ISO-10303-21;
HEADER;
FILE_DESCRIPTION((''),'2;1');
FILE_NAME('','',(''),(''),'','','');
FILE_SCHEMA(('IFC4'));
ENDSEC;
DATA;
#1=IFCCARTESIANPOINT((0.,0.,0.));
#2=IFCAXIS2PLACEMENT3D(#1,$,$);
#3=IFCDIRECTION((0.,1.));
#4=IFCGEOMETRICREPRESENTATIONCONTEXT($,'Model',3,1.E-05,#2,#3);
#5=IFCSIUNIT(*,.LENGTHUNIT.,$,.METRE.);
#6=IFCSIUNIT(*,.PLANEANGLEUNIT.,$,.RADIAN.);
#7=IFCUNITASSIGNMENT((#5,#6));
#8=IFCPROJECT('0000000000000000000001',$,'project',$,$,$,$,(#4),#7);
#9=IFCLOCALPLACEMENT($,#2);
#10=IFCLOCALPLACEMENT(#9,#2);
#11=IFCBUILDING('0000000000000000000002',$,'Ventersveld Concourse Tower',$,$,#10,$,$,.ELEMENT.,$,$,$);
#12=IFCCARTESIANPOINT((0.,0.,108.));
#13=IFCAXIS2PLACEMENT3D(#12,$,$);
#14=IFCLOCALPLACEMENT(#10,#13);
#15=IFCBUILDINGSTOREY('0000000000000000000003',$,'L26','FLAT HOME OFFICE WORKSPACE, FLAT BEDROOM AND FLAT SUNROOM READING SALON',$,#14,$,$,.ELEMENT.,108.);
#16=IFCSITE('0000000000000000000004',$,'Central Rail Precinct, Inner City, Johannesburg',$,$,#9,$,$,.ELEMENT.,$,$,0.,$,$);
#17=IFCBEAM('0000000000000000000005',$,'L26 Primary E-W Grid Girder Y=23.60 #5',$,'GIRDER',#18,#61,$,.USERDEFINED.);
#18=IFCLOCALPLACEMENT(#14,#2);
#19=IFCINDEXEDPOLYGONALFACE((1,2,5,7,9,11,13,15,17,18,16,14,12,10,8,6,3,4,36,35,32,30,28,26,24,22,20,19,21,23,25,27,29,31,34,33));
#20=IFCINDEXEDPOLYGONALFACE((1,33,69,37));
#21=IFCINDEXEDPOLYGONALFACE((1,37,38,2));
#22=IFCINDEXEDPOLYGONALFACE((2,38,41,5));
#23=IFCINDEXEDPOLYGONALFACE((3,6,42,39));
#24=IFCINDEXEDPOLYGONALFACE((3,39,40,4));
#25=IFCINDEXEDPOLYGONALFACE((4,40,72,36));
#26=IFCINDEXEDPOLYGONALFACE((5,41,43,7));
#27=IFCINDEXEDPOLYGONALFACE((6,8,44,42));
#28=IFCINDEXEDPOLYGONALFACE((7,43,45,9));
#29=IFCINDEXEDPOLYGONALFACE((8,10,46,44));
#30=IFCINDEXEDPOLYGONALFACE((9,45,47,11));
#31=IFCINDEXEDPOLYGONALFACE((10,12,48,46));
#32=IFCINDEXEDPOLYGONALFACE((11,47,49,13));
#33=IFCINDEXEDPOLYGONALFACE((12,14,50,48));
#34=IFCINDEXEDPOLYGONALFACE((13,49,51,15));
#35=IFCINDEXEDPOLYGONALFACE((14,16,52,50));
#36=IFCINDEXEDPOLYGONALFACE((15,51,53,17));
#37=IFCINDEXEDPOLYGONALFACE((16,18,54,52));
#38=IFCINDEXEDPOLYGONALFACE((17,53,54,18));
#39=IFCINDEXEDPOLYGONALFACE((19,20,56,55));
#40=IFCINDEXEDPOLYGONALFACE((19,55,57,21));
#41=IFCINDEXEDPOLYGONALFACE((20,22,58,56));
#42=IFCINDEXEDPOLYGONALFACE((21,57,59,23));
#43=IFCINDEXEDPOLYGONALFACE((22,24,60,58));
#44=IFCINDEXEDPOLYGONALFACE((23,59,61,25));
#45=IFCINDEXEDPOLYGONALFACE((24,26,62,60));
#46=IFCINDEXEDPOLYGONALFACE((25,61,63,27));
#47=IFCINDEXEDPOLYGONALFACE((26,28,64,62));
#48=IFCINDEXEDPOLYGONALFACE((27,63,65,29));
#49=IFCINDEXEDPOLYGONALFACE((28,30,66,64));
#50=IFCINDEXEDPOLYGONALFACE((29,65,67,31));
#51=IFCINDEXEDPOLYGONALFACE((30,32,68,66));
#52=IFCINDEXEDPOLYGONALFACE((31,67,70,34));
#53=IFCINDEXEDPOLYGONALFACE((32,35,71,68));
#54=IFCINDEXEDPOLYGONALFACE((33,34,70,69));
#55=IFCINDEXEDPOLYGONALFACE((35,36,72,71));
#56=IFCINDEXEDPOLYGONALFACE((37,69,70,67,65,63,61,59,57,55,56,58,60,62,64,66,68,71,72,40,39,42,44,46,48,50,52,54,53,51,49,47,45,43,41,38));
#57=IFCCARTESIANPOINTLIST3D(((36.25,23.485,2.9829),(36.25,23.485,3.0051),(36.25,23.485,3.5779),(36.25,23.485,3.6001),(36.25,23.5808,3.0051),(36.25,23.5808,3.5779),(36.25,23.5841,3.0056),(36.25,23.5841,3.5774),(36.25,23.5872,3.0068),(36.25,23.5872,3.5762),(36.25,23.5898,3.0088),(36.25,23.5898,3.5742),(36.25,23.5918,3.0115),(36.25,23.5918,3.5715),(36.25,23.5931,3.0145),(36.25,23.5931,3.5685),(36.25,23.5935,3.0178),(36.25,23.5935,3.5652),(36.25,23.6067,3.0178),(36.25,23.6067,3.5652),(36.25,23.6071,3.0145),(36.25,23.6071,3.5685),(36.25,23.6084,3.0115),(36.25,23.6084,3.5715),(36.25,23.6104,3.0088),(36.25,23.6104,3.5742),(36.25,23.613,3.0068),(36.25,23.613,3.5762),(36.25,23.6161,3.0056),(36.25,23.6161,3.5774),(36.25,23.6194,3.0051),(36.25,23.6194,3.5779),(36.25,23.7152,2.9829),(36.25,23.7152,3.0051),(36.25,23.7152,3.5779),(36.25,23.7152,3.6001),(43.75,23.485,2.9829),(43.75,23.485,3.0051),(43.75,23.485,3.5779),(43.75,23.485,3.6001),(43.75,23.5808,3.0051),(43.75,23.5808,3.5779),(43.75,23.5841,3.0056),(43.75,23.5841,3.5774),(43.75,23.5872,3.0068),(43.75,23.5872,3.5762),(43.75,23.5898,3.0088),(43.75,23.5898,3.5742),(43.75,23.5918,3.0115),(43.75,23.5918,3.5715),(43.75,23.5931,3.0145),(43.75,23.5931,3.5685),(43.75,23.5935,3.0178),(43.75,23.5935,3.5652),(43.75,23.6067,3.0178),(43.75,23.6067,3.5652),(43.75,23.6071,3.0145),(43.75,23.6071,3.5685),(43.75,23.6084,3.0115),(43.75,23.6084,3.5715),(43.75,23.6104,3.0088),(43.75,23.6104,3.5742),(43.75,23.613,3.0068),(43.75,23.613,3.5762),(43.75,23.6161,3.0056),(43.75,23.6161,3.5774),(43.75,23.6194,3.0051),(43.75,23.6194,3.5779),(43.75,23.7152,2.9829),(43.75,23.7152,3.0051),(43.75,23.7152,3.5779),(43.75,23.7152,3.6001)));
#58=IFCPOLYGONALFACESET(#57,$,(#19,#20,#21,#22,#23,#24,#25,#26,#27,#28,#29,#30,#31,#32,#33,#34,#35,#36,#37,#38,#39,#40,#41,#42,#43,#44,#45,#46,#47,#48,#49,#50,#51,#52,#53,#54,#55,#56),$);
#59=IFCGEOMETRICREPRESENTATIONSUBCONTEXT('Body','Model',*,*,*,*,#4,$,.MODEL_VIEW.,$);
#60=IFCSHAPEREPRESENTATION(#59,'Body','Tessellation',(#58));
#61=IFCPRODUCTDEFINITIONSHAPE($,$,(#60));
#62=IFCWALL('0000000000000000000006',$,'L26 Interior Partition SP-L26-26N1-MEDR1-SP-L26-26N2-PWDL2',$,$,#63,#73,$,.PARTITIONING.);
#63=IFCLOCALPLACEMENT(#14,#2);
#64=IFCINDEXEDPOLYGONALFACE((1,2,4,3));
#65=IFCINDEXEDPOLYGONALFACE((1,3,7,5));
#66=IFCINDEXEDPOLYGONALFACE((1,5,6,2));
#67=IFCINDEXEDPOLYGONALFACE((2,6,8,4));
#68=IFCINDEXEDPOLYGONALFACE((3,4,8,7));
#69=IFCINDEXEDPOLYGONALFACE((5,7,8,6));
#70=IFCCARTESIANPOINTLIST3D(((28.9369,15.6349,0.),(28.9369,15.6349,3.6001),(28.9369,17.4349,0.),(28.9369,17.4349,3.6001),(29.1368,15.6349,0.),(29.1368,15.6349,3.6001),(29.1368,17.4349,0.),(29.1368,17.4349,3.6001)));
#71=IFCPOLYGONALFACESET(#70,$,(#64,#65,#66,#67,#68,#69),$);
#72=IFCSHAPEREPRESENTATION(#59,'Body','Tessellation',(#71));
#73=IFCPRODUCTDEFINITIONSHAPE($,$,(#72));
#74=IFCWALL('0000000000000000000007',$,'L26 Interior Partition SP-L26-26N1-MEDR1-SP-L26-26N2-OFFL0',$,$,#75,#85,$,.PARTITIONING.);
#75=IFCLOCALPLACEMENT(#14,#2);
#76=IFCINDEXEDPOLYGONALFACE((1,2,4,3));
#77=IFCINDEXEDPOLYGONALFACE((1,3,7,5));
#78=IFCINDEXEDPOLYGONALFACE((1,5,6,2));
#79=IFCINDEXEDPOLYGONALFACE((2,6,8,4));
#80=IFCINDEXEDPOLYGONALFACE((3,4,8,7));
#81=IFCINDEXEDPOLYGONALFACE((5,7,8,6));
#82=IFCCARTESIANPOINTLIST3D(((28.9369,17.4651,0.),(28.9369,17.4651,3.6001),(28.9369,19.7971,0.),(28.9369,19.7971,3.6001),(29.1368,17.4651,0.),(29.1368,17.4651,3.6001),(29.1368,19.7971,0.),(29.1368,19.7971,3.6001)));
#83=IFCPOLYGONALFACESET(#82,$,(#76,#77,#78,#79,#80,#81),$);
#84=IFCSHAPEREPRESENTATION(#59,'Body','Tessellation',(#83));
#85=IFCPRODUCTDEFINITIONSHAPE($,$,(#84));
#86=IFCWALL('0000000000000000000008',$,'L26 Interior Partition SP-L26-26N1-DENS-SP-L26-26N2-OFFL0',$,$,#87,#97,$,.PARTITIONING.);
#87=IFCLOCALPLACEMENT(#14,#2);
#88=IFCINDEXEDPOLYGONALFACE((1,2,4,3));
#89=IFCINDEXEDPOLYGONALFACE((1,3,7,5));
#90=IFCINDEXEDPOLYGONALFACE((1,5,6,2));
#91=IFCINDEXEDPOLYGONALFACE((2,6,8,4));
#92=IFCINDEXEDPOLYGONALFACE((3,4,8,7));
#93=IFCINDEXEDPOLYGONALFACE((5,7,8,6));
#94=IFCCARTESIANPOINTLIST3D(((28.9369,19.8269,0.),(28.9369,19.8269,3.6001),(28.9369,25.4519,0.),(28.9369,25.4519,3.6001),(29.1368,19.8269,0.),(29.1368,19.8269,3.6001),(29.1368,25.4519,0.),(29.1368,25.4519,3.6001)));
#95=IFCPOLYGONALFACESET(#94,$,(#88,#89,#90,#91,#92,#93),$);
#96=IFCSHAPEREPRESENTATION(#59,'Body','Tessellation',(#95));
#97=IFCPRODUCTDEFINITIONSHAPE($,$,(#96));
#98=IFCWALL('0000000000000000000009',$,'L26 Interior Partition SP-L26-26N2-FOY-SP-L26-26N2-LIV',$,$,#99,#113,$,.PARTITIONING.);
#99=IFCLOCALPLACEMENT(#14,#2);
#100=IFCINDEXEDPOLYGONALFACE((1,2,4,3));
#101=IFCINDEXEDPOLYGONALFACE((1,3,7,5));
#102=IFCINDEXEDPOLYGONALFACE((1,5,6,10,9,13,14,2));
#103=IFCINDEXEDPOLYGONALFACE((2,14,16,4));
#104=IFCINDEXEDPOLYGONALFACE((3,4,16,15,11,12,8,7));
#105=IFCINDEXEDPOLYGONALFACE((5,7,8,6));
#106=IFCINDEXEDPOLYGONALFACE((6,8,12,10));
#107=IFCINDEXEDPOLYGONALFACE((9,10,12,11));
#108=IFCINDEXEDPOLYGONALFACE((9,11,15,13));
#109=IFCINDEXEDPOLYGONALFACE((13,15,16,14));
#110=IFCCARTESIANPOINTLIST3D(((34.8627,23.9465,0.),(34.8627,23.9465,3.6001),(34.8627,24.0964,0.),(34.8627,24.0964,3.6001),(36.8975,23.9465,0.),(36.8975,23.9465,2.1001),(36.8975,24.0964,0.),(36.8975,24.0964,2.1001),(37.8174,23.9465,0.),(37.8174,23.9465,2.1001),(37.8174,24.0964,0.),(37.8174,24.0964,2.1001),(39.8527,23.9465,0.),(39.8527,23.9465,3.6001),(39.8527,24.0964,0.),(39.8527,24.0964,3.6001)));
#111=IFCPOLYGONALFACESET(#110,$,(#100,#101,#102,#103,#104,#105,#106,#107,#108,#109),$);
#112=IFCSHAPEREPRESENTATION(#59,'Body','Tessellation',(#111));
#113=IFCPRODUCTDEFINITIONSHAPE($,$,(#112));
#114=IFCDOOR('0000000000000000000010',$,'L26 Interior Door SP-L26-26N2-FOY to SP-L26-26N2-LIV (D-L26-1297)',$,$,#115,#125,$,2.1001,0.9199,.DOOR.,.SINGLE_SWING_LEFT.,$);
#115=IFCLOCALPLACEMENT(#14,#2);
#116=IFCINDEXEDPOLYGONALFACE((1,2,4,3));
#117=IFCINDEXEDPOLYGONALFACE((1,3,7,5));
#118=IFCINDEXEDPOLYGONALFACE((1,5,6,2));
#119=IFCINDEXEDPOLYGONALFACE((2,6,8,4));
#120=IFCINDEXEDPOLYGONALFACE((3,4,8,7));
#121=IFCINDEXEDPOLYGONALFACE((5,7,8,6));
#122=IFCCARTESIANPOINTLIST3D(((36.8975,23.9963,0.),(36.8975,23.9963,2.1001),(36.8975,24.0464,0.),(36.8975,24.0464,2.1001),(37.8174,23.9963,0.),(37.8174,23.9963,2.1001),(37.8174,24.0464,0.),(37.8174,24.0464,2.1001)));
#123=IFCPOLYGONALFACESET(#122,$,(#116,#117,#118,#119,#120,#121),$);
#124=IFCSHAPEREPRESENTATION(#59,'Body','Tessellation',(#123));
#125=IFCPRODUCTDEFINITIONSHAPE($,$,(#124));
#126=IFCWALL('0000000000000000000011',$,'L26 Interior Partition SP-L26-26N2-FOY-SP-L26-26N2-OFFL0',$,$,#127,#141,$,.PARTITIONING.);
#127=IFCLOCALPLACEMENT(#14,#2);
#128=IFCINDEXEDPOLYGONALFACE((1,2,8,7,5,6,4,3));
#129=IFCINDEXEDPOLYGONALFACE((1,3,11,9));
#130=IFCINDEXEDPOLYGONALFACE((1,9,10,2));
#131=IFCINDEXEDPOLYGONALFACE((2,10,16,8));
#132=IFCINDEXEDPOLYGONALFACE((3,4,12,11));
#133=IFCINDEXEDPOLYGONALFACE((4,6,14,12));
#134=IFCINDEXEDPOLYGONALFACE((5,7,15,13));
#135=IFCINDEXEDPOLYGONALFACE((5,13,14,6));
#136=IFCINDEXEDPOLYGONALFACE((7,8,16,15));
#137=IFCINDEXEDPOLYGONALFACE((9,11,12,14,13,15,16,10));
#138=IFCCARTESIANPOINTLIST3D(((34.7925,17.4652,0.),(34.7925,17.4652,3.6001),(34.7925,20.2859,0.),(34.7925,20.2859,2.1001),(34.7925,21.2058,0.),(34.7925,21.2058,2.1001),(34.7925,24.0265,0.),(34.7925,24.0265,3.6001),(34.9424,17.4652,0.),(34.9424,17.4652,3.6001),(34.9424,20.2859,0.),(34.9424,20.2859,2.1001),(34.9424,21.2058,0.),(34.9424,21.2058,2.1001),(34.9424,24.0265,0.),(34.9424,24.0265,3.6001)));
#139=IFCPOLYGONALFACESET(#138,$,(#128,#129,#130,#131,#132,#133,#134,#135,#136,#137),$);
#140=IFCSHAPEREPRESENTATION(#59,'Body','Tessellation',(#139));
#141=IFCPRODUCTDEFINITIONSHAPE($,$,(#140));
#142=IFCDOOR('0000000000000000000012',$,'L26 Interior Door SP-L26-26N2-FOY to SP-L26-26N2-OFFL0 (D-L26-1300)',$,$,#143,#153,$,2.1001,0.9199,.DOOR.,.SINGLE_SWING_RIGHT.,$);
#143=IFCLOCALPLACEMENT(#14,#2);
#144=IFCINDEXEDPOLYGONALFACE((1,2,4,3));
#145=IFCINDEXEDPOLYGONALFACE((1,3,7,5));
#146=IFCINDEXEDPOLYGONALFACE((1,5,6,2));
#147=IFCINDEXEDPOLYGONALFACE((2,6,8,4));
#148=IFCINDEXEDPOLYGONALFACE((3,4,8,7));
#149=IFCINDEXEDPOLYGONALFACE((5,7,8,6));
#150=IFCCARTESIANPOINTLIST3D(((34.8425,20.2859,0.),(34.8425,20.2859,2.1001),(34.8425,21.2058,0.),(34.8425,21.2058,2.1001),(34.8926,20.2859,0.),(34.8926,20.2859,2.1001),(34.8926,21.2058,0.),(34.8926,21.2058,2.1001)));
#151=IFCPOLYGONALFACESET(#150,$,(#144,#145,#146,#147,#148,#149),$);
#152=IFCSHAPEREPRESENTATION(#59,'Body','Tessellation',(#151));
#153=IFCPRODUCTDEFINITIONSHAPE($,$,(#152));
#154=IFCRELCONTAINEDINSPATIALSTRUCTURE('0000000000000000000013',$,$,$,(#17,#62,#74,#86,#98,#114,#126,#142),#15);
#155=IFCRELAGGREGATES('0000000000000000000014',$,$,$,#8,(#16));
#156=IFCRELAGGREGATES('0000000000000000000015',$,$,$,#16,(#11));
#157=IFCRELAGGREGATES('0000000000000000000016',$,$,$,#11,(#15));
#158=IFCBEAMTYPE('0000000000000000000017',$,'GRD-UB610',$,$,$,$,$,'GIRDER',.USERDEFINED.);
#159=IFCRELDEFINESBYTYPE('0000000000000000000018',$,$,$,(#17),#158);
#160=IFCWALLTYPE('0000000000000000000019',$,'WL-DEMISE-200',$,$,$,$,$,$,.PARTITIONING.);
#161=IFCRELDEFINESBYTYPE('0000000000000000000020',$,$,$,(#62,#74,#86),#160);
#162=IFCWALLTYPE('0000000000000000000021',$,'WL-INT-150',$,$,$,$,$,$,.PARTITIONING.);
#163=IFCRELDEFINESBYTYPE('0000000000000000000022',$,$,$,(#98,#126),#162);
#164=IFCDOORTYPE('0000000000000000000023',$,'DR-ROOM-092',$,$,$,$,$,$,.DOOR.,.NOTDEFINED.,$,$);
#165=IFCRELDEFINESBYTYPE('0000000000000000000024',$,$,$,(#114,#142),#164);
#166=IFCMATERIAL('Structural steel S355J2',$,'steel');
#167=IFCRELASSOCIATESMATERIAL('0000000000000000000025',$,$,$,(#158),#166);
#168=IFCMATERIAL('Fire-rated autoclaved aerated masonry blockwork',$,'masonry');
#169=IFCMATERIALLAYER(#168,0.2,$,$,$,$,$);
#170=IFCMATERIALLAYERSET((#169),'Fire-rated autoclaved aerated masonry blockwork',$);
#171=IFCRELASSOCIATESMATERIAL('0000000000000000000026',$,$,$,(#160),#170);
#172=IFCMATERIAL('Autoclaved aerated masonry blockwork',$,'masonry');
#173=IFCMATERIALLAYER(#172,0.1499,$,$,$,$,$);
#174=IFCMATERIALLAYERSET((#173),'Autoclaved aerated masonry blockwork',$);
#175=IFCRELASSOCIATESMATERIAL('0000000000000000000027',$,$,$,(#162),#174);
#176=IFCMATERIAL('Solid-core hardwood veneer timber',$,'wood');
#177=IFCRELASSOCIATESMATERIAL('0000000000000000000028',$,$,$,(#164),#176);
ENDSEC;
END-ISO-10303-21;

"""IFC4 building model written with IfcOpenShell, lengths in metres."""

from ifc_helpers import new_model, si_unit, direction, frame, frame_2d, origin, origin_2d, place, context, subcontext, project, spatial, rectangle, i_section, extrude, material, layer, layer_set, material_profile, profile_set, type_object, element, fill, save


model = new_model("IFC4")

# Units and contexts
model_context = context("Model", 3, precision=1e-05, world=origin(), true_north=direction((0.0, 1.0)))
body_context = subcontext(model_context, "Body", "Model", "MODEL_VIEW")
ifc_project = project(units=[si_unit("LENGTHUNIT", "METRE"), si_unit("PLANEANGLEUNIT", "RADIAN")], contexts=[model_context])

# Site, building, storey
site_placement = place(None, origin())
site = spatial("IfcSite", under=ifc_project, at=site_placement, Name="Central Rail Precinct, Inner City, Johannesburg", CompositionType="ELEMENT", RefElevation=0.0)
building_placement = place(site_placement, origin())
building = spatial("IfcBuilding", under=site, at=building_placement, Name="Ventersveld Concourse Tower", CompositionType="ELEMENT")
storey_placement = place(building_placement, frame((0.0, 0.0, 108.0)))
storey = spatial("IfcBuildingStorey", under=building, at=storey_placement, Name="L26", Description="FLAT HOME OFFICE WORKSPACE, FLAT BEDROOM AND FLAT SUNROOM READING SALON", CompositionType="ELEMENT", Elevation=108.0)

# Beam
ifc_material_1 = material(Name="Structural steel S355J2", Category="steel")
ifc_material_profile_1 = material_profile(ifc_material_1, i_section(OverallWidth=0.2302, OverallDepth=0.6172, WebThickness=0.0132, FlangeThickness=0.0222, FilletRadius=0.0127, at=origin_2d()), Name="UB 610x229x140")
ifc_profile_set_1 = profile_set([ifc_material_profile_1], Name="Structural steel S355J2")
beam_type_1 = type_object("IfcBeamType", Name="GRD-UB610", ElementType="GIRDER", PredefinedType="USERDEFINED", material=ifc_profile_set_1)
for number, where, z_axis, x_axis, name in (
    (1, (36.25, 23.6001, 3.2915), (1.0, 0.0, 0.0), (0.0, 1.0, 0.0), "L26 Primary E-W Grid Girder Y=23.60 #5"),
):
    element("IfcBeam", number, at=place(storey_placement, frame(where, z_axis=z_axis, x_axis=x_axis)), inside=storey, type_object=beam_type_1, Name=name, ObjectType="GIRDER", PredefinedType="USERDEFINED", context=body_context, shape_type="SweptSolid", body=[
        extrude(i_section(OverallWidth=0.2302, OverallDepth=0.6172, WebThickness=0.0132, FlangeThickness=0.0222, FilletRadius=0.0127, at=origin_2d()), origin(), (0.0, 0.0, 1.0), 7.5),
    ])

# Walls
ifc_material_2 = material(Name="Fire-rated autoclaved aerated masonry blockwork", Category="masonry")
ifc_layer_1 = layer(ifc_material_2, 0.2)
ifc_layer_set_1 = layer_set([ifc_layer_1], Name="Fire-rated autoclaved aerated masonry blockwork")
wall_type_1 = type_object("IfcWallType", Name="WL-DEMISE-200", PredefinedType="PARTITIONING", material=ifc_layer_set_1)
wall_1_placement = place(storey_placement, frame((29.0369, 15.635, 0.0), z_axis=(0.0, 0.0, 1.0), x_axis=(0.0, 1.0, 0.0)))
element("IfcWall", 2, at=wall_1_placement, inside=storey, type_object=wall_type_1, Name="L26 Interior Partition SP-L26-26N1-MEDR1-SP-L26-26N2-PWDL2", PredefinedType="PARTITIONING", context=body_context, shape_type="SweptSolid", body=[
    extrude(rectangle(XDim=1.8, YDim=0.2, at=frame_2d((0.8999, 0.0))), origin(), (0.0, 0.0, 1.0), 3.6001),
])
wall_2_placement = place(storey_placement, frame((29.0369, 17.4651, 0.0), z_axis=(0.0, 0.0, 1.0), x_axis=(0.0, 1.0, 0.0)))
element("IfcWall", 3, at=wall_2_placement, inside=storey, type_object=wall_type_1, Name="L26 Interior Partition SP-L26-26N1-MEDR1-SP-L26-26N2-OFFL0", PredefinedType="PARTITIONING", context=body_context, shape_type="SweptSolid", body=[
    extrude(rectangle(XDim=2.332, YDim=0.2, at=frame_2d((1.166, 0.0))), origin(), (0.0, 0.0, 1.0), 3.6001),
])
wall_3_placement = place(storey_placement, frame((29.0369, 19.8269, 0.0), z_axis=(0.0, 0.0, 1.0), x_axis=(0.0, 1.0, 0.0)))
element("IfcWall", 4, at=wall_3_placement, inside=storey, type_object=wall_type_1, Name="L26 Interior Partition SP-L26-26N1-DENS-SP-L26-26N2-OFFL0", PredefinedType="PARTITIONING", context=body_context, shape_type="SweptSolid", body=[
    extrude(rectangle(XDim=5.625, YDim=0.2, at=frame_2d((2.8125, 0.0))), origin(), (0.0, 0.0, 1.0), 3.6001),
])

# Walls, openings, doors
ifc_material_3 = material(Name="Autoclaved aerated masonry blockwork", Category="masonry")
ifc_layer_2 = layer(ifc_material_3, 0.1499)
ifc_layer_set_2 = layer_set([ifc_layer_2], Name="Autoclaved aerated masonry blockwork")
wall_type_2 = type_object("IfcWallType", Name="WL-INT-150", PredefinedType="PARTITIONING", material=ifc_layer_set_2)
wall_4_placement = place(storey_placement, frame((34.8625, 24.0215, 0.0), z_axis=(0.0, 0.0, 1.0), x_axis=(1.0, 0.0, 0.0)))
wall_4 = element("IfcWall", 5, at=wall_4_placement, inside=storey, type_object=wall_type_2, Name="L26 Interior Partition SP-L26-26N2-FOY-SP-L26-26N2-LIV", PredefinedType="PARTITIONING", context=body_context, shape_type="SweptSolid", body=[
    extrude(rectangle(XDim=4.99, YDim=0.1499, at=frame_2d((2.4951, 0.0))), origin(), (0.0, 0.0, 1.0), 3.6001),
])
opening_1_placement = place(wall_4_placement, frame((2.0349, 0.0, 0.0)))
opening_1 = element("IfcOpeningElement", 6, at=opening_1_placement, cuts=wall_4, PredefinedType="OPENING", context=body_context, shape_type="SweptSolid", body=[
    extrude(rectangle(XDim=0.9199, YDim=2.1001, at=frame_2d((0.46, 1.05))), frame((0.0, 0.085, 0.0), z_axis=(0.0, -1.0, 0.0), x_axis=(1.0, 0.0, 0.0)), (0.0, 0.0, 1.0), 0.1699),
])
ifc_material_4 = material(Name="Solid-core hardwood veneer timber", Category="wood")
door_type_1 = type_object("IfcDoorType", Name="DR-ROOM-092", OperationType="NOTDEFINED", PredefinedType="DOOR", material=ifc_material_4)
door_1_placement = place(opening_1_placement, origin())
door_1 = element("IfcDoor", 7, at=door_1_placement, inside=storey, type_object=door_type_1, Name="L26 Interior Door SP-L26-26N2-FOY to SP-L26-26N2-LIV (D-L26-1297)", OperationType="SINGLE_SWING_LEFT", OverallHeight=2.1001, OverallWidth=0.9199, PredefinedType="DOOR", context=body_context, shape_type="SweptSolid", body=[
    extrude(rectangle(XDim=0.9199, YDim=2.1001, at=frame_2d((0.46, 1.05))), frame((0.0, 0.0249, 0.0), z_axis=(0.0, -1.0, 0.0), x_axis=(1.0, 0.0, 0.0)), (0.0, 0.0, 1.0), 0.05),
])
fill(opening_1, door_1)
wall_5_placement = place(storey_placement, frame((34.8674, 17.4651, 0.0), z_axis=(0.0, 0.0, 1.0), x_axis=(0.0, 1.0, 0.0)))
wall_5 = element("IfcWall", 8, at=wall_5_placement, inside=storey, type_object=wall_type_2, Name="L26 Interior Partition SP-L26-26N2-FOY-SP-L26-26N2-OFFL0", PredefinedType="PARTITIONING", context=body_context, shape_type="SweptSolid", body=[
    extrude(rectangle(XDim=6.5613, YDim=0.1499, at=frame_2d((3.2808, 0.0))), origin(), (0.0, 0.0, 1.0), 3.6001),
])
opening_2_placement = place(wall_5_placement, frame((2.8208, 0.0, 0.0)))
opening_2 = element("IfcOpeningElement", 9, at=opening_2_placement, cuts=wall_5, PredefinedType="OPENING", context=body_context, shape_type="SweptSolid", body=[
    extrude(rectangle(XDim=0.9199, YDim=2.1001, at=frame_2d((0.46, 1.05))), frame((0.0, 0.085, 0.0), z_axis=(0.0, -1.0, 0.0), x_axis=(1.0, 0.0, 0.0)), (0.0, 0.0, 1.0), 0.1699),
])
door_2_placement = place(opening_2_placement, origin())
door_2 = element("IfcDoor", 10, at=door_2_placement, inside=storey, type_object=door_type_1, Name="L26 Interior Door SP-L26-26N2-FOY to SP-L26-26N2-OFFL0 (D-L26-1300)", OperationType="SINGLE_SWING_RIGHT", OverallHeight=2.1001, OverallWidth=0.9199, PredefinedType="DOOR", context=body_context, shape_type="SweptSolid", body=[
    extrude(rectangle(XDim=0.9199, YDim=2.1001, at=frame_2d((0.46, 1.05))), frame((0.0, 0.0249, 0.0), z_axis=(0.0, -1.0, 0.0), x_axis=(1.0, 0.0, 0.0)), (0.0, 0.0, 1.0), 0.05),
])
fill(opening_2, door_2)

save(model, "model.ifc")
